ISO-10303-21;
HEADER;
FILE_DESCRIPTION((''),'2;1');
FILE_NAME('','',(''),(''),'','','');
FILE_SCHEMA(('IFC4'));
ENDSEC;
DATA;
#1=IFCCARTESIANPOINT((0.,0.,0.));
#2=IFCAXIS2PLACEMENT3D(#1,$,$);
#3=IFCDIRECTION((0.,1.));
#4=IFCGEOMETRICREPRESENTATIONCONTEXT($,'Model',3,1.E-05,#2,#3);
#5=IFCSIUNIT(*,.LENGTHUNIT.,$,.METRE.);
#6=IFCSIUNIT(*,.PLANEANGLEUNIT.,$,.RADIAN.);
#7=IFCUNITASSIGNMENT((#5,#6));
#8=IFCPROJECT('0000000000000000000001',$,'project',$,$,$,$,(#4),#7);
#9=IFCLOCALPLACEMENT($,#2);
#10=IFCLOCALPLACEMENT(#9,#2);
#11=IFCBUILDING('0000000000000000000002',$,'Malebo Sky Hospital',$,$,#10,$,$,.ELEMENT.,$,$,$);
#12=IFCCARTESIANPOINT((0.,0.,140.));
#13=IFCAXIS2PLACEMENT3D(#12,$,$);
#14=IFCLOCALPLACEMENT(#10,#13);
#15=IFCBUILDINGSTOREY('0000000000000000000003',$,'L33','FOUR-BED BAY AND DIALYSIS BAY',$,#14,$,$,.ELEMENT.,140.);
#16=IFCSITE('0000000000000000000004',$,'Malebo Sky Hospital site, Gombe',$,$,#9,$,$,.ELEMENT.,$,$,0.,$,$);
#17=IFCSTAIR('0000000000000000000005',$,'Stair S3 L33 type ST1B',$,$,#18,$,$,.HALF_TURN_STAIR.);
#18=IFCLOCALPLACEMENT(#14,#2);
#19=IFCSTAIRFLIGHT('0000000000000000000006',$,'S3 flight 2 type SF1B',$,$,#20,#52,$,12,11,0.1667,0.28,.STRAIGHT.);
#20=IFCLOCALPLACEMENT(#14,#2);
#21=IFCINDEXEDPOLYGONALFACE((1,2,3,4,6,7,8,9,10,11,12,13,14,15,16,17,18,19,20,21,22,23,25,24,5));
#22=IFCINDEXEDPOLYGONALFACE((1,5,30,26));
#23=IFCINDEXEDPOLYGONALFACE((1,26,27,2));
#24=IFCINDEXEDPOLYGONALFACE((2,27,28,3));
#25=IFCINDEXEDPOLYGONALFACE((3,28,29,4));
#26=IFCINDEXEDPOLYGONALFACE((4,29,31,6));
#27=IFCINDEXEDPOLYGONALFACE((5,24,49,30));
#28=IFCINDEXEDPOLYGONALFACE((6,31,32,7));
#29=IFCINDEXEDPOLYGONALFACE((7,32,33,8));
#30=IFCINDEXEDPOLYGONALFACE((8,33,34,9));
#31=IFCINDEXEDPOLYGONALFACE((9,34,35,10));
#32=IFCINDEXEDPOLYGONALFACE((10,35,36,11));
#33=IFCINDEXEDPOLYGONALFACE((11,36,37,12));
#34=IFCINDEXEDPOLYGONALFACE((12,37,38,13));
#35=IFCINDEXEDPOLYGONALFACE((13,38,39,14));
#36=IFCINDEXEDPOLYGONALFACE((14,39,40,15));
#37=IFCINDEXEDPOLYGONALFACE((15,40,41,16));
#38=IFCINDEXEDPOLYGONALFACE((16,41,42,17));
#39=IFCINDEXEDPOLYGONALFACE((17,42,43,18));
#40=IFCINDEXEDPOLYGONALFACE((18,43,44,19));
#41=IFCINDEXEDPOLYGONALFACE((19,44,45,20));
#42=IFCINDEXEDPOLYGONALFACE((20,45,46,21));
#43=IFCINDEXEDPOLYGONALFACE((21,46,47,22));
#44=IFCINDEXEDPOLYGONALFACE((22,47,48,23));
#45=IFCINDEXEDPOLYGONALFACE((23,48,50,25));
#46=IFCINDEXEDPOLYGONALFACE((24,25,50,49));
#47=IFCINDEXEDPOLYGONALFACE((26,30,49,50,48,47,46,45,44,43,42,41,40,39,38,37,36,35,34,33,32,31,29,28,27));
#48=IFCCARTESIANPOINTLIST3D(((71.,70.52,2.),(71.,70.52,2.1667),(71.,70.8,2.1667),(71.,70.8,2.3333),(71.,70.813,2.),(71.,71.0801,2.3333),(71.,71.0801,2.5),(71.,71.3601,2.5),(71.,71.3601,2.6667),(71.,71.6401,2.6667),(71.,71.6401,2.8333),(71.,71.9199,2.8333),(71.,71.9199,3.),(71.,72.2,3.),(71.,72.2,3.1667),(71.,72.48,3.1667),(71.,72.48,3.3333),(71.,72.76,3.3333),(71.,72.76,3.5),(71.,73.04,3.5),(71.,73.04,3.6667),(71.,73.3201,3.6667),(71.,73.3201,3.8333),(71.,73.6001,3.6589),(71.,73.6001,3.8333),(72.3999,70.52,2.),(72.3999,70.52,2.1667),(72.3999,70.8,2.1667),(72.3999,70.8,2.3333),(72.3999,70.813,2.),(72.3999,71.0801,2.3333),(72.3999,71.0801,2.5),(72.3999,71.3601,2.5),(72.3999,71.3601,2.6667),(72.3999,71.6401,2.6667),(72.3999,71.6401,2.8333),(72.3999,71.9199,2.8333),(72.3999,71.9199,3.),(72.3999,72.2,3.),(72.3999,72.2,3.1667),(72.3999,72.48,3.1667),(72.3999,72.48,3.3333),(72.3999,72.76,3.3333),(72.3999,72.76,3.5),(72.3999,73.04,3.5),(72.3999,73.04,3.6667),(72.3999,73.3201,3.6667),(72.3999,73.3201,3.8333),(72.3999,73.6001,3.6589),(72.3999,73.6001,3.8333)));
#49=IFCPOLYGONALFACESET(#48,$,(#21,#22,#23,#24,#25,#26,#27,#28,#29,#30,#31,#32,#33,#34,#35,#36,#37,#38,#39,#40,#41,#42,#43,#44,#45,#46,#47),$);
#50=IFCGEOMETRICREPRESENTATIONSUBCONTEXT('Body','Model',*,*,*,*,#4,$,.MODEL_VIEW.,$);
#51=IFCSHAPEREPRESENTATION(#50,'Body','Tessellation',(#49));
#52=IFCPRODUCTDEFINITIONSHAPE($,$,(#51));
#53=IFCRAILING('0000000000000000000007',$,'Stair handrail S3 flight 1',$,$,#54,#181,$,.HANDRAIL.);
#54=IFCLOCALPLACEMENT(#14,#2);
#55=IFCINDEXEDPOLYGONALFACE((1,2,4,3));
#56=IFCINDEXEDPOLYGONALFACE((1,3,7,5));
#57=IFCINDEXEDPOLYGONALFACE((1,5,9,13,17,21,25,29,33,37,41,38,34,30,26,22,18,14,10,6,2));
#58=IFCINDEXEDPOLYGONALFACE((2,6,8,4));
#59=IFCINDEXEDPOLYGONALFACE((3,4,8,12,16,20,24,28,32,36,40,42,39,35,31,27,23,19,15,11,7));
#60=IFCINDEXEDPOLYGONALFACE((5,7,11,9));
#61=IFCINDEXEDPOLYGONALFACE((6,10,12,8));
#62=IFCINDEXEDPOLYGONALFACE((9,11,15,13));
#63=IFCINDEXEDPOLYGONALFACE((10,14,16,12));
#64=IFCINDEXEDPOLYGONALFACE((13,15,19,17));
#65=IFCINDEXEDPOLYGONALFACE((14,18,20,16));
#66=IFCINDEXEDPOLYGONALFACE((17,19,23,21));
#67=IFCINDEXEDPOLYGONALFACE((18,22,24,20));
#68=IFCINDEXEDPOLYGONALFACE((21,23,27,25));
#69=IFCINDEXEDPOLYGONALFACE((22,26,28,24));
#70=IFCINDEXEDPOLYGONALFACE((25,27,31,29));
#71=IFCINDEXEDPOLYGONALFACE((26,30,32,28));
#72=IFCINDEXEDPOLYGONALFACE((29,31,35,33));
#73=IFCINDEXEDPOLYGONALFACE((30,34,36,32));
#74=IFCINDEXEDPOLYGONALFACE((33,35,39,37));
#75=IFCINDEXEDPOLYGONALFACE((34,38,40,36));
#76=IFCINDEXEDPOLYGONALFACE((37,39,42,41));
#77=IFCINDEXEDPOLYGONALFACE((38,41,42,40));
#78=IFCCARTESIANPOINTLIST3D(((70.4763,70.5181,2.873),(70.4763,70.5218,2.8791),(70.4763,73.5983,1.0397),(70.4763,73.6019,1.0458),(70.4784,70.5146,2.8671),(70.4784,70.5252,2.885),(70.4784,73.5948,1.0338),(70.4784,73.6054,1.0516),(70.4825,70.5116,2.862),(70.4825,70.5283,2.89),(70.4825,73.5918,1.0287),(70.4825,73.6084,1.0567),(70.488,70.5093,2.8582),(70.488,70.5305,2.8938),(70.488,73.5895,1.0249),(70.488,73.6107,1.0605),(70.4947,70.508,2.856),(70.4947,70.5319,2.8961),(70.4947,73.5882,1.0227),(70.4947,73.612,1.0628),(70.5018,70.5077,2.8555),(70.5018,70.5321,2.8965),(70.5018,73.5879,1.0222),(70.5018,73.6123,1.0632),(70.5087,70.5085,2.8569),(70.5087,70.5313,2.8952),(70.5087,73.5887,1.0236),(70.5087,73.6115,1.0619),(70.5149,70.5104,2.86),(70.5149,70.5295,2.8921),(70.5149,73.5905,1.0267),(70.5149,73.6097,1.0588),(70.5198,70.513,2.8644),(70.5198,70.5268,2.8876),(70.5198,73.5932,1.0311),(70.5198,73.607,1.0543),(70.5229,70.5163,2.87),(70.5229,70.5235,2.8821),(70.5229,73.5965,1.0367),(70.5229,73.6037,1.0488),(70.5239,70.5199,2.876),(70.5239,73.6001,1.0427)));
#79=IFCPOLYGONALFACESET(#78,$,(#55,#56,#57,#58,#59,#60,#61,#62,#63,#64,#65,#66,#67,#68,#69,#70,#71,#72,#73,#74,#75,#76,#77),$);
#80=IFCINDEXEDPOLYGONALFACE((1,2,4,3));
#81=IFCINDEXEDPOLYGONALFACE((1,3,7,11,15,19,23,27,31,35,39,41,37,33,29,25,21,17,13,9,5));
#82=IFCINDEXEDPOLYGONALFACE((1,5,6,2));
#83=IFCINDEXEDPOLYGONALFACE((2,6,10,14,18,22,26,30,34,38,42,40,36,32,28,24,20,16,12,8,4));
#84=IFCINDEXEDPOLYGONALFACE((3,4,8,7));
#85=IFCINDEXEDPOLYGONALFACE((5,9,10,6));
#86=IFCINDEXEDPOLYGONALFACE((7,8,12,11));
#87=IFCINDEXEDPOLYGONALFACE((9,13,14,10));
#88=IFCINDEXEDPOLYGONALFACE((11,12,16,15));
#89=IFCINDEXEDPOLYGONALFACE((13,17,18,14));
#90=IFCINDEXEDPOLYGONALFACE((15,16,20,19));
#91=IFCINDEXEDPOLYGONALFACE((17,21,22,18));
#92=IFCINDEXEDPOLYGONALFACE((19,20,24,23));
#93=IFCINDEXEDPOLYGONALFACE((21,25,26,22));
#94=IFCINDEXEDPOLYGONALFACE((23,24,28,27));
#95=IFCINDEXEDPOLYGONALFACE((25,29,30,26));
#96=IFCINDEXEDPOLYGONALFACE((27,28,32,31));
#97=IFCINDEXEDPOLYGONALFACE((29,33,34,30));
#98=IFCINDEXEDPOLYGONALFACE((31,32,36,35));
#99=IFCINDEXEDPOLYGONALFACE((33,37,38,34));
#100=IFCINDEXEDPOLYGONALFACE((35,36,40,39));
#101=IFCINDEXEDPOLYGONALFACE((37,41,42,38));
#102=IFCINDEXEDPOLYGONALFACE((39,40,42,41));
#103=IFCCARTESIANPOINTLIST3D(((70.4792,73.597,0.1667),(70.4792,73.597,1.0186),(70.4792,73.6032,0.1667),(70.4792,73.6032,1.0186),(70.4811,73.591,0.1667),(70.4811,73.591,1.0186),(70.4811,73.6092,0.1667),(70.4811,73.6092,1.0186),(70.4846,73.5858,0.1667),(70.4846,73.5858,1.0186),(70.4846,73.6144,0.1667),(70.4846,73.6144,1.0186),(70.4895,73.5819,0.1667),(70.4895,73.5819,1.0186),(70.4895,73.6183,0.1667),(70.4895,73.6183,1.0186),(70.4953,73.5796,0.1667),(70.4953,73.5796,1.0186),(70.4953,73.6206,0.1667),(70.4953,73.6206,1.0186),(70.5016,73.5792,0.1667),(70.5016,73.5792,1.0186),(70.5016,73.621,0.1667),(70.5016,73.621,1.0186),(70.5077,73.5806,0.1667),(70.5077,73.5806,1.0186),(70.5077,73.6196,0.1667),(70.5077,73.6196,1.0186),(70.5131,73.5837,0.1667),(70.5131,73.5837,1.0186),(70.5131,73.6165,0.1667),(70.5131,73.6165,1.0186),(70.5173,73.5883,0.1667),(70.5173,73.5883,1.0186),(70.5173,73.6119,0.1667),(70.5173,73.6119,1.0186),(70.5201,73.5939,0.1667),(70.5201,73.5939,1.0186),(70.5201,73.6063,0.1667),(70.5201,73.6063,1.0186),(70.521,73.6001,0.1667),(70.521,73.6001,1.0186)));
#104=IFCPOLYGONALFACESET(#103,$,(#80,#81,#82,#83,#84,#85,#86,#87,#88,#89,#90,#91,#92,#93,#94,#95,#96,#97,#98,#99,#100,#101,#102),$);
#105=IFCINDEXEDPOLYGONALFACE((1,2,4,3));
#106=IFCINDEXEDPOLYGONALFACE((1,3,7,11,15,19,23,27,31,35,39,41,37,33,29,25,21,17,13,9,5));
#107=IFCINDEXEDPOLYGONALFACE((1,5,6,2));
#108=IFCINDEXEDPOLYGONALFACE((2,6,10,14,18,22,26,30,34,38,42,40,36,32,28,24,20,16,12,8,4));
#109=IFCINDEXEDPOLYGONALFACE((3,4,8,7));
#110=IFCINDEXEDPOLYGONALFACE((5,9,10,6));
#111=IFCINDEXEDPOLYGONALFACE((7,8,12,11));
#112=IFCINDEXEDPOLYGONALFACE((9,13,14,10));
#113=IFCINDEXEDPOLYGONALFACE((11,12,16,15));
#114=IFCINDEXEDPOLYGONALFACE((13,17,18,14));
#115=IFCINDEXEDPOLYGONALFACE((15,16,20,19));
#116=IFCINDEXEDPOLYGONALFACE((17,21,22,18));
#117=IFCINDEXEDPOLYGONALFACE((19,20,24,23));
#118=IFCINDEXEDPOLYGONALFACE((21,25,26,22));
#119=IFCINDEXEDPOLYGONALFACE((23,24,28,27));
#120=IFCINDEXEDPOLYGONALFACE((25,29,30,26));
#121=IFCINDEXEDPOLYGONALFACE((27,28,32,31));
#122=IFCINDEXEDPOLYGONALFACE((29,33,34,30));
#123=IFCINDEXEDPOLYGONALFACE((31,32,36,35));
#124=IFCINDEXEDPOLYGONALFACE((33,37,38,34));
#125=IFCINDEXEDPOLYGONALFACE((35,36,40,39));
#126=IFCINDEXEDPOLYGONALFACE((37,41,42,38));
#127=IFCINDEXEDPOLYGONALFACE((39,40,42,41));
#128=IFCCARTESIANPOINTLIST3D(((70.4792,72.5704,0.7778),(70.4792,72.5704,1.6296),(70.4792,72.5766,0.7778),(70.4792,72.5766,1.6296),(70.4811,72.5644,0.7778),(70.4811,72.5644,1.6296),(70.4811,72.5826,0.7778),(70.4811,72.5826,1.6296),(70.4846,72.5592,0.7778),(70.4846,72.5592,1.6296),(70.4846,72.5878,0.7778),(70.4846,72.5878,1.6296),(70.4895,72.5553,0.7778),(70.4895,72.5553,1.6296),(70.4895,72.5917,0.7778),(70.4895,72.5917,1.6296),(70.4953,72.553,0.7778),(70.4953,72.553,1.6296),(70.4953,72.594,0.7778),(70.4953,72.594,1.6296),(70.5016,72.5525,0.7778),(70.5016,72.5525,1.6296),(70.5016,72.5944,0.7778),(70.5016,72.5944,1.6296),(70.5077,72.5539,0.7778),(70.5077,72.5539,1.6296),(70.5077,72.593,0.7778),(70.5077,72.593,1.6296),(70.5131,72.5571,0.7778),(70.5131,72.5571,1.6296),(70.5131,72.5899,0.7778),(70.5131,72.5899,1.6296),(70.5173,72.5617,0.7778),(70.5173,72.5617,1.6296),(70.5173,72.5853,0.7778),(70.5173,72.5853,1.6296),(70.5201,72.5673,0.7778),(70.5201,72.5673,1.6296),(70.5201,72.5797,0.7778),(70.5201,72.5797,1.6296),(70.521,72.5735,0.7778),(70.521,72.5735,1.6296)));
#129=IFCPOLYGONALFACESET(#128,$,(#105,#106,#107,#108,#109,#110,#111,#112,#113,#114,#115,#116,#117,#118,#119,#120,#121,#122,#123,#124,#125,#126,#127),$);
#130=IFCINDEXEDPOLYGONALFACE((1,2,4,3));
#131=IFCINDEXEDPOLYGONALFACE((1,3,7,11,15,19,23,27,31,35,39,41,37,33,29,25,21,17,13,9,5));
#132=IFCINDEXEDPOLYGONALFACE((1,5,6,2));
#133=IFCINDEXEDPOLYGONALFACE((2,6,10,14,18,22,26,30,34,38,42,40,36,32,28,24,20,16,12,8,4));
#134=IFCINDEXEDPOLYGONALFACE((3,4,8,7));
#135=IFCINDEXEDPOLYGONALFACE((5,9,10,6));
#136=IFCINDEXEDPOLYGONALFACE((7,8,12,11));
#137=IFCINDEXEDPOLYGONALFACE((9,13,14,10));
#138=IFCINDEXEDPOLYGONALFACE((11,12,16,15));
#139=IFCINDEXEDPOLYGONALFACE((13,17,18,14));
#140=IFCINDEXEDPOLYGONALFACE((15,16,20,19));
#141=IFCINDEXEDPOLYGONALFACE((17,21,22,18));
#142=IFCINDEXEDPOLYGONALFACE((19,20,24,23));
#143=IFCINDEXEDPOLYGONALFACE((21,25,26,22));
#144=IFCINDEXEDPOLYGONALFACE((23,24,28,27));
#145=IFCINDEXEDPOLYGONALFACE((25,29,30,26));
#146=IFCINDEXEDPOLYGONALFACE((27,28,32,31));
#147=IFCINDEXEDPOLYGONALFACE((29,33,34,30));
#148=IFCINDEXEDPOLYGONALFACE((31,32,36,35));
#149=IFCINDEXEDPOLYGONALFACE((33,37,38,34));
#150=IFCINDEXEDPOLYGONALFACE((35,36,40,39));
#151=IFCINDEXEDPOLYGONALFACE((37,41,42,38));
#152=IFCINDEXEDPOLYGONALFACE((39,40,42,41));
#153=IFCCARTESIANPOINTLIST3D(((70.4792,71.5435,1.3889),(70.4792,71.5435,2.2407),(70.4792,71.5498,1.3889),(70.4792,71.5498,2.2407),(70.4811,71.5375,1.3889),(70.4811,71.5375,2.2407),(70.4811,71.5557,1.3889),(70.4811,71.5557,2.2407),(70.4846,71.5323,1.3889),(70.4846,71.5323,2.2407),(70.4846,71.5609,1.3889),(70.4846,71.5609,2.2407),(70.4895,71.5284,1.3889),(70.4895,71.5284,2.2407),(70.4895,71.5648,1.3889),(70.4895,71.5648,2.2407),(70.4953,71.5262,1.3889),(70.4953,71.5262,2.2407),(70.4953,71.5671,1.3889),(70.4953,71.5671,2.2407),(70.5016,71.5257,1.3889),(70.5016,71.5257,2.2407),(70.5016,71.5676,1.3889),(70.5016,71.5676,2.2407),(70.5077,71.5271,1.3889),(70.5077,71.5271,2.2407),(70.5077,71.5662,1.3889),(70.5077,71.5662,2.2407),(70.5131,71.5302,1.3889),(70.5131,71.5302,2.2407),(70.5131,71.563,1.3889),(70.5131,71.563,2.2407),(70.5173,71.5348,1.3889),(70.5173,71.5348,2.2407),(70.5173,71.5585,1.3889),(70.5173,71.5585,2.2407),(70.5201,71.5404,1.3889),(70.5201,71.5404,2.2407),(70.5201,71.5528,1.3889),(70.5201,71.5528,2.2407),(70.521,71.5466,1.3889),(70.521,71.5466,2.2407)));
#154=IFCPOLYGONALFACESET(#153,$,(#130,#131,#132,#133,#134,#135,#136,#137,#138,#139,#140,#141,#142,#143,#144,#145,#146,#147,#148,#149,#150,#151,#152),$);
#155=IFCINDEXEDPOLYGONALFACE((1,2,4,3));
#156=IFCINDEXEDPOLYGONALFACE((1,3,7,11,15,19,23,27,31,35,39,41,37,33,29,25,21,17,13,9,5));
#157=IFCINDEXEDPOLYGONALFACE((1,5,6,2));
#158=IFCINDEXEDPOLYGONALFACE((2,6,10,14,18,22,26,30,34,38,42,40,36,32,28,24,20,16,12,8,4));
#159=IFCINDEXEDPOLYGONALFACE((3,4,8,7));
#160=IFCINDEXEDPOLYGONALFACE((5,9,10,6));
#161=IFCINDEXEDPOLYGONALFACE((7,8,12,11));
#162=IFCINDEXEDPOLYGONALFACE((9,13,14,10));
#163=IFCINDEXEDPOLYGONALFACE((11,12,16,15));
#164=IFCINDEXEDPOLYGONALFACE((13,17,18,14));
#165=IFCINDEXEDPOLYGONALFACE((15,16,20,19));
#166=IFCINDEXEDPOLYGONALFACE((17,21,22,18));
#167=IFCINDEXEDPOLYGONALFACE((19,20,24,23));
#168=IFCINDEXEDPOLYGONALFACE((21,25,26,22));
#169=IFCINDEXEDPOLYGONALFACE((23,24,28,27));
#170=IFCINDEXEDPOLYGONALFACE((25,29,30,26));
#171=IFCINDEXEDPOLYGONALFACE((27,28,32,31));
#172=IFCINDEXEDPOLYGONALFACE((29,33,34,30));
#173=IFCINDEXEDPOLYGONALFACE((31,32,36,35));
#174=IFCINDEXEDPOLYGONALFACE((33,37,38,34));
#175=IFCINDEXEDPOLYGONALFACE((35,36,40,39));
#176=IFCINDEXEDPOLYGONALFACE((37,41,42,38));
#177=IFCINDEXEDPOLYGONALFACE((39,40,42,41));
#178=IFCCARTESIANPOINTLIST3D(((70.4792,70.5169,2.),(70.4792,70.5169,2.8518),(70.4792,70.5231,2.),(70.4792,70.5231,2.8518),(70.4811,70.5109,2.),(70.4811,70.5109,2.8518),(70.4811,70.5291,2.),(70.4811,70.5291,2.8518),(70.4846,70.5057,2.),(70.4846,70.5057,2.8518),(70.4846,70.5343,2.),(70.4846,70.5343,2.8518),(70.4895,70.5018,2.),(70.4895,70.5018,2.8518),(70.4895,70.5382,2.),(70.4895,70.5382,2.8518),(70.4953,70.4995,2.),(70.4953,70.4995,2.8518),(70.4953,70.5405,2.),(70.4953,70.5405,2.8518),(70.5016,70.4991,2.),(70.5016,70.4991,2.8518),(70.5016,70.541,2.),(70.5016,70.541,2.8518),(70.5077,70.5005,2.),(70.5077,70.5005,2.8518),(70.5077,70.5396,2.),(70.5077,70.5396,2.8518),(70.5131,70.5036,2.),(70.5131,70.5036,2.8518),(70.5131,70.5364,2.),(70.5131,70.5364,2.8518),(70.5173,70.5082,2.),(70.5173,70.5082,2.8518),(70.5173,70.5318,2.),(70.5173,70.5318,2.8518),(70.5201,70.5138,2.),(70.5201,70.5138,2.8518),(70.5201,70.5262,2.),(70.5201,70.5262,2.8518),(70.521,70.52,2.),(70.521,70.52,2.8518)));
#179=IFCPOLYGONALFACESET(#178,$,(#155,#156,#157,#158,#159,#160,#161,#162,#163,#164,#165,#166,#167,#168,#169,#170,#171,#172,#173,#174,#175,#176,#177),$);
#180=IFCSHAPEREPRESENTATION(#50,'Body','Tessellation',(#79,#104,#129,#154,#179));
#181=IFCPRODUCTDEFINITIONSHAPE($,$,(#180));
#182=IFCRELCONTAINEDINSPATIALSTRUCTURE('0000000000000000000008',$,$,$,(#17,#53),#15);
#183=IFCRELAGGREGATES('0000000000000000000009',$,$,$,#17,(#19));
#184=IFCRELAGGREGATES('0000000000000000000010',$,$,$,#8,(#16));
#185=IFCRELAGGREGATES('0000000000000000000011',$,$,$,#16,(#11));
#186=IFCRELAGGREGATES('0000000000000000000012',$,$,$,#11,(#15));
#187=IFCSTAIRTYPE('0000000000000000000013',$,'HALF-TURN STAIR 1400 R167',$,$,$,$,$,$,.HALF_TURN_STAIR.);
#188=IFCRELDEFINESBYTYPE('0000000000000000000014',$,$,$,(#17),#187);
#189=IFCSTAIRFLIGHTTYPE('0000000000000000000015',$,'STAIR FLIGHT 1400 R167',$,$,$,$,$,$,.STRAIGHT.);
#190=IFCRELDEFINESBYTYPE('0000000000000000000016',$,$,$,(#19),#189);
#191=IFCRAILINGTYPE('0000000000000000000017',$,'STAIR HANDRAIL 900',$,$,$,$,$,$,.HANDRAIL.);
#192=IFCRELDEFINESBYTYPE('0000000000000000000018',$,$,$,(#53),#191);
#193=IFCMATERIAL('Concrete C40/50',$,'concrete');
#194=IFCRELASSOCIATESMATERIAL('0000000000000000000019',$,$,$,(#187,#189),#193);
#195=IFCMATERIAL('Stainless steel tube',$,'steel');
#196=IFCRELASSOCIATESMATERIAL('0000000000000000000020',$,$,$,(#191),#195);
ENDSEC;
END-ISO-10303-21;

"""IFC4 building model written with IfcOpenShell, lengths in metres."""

from ifc_helpers import new_model, si_unit, direction, frame, origin, origin_2d, place, context, subcontext, project, spatial, polyline, circle, outline, extrude, material, type_object, element, aggregate, save


model = new_model("IFC4")

# Units and contexts
model_context = context("Model", 3, precision=1e-05, world=origin(), true_north=direction((0.0, 1.0)))
body_context = subcontext(model_context, "Body", "Model", "MODEL_VIEW")
ifc_project = project(units=[si_unit("LENGTHUNIT", "METRE"), si_unit("PLANEANGLEUNIT", "RADIAN")], contexts=[model_context])

# Site, building, storey
site_placement = place(None, origin())
site = spatial("IfcSite", under=ifc_project, at=site_placement, Name="Malebo Sky Hospital site, Gombe", CompositionType="ELEMENT", RefElevation=0.0)
building_placement = place(site_placement, origin())
building = spatial("IfcBuilding", under=site, at=building_placement, Name="Malebo Sky Hospital", CompositionType="ELEMENT")
storey_placement = place(building_placement, frame((0.0, 0.0, 140.0)))
storey = spatial("IfcBuildingStorey", under=building, at=storey_placement, Name="L33", Description="FOUR-BED BAY AND DIALYSIS BAY", CompositionType="ELEMENT", Elevation=140.0)

# Shared definitions
ifc_material_1 = material(Name="Concrete C40/50", Category="concrete")

# Stair, stair flight
stair_type = type_object("IfcStairType", Name="HALF-TURN STAIR 1400 R167", PredefinedType="HALF_TURN_STAIR", material=ifc_material_1)
stair_placement = place(storey_placement, origin())
stair = element("IfcStair", 1, at=stair_placement, inside=storey, type_object=stair_type, Name="Stair S3 L33 type ST1B", PredefinedType="HALF_TURN_STAIR")
stair_flight_type = type_object("IfcStairFlightType", Name="STAIR FLIGHT 1400 R167", PredefinedType="STRAIGHT", material=ifc_material_1)
stair_flight_1_placement = place(storey_placement, frame((71.7, 70.52, 2.0), z_axis=(0.0, 0.0, 1.0), x_axis=(0.0, 1.0, 0.0)))
stair_flight_1 = element("IfcStairFlight", 2, at=stair_flight_1_placement, type_object=stair_flight_type, Name="S3 flight 2 type SF1B", NumberOfRisers=12, NumberOfTreads=11, PredefinedType="STRAIGHT", RiserHeight=0.1667, TreadLength=0.28, context=body_context, shape_type="SweptSolid", body=[
    extrude(outline(polyline([(0.0, 0.0), (0.0, 0.1667), (0.28, 0.1667), (0.28, 0.3333), (0.5601, 0.3333), (0.5601, 0.5), (0.8401, 0.5), (0.8401, 0.6667), (1.1201, 0.6667), (1.1201, 0.8333), (1.3999, 0.8333), (1.3999, 1.0), (1.6799, 1.0), (1.6799, 1.1667), (1.96, 1.1667), (1.96, 1.3333), (2.24, 1.3333), (2.24, 1.5), (2.52, 1.5), (2.52, 1.6667), (2.8, 1.6667), (2.8, 1.8333), (3.0801, 1.8333), (3.0801, 2.0), (3.0801, 1.6589), (0.293, 0.0), (0.0, 0.0)])), frame((0.0, 0.7, 0.0), z_axis=(0.0, -1.0, 0.0), x_axis=(1.0, 0.0, 0.0)), (0.0, 0.0, 1.0), 1.3999),
])
aggregate(stair, [stair_flight_1])

# Railing
ifc_material_2 = material(Name="Stainless steel tube", Category="steel")
railing_type = type_object("IfcRailingType", Name="STAIR HANDRAIL 900", PredefinedType="HANDRAIL", material=ifc_material_2)
railing_1_placement = place(storey_placement, frame((70.5, 73.6001, 0.1667)))
element("IfcRailing", 3, at=railing_1_placement, inside=storey, type_object=railing_type, Name="Stair handrail S3 flight 1", PredefinedType="HANDRAIL", context=body_context, shape_type="SweptSolid", body=[
    extrude(circle(Radius=0.0239, at=origin_2d()), frame((0.0, 0.0, 0.876), z_axis=(0.0, -0.859309, 0.511458), x_axis=(1.0, 0.0, 0.0)), (0.0, 0.0, 1.0), 3.5845),
    extrude(circle(Radius=0.021, at=origin_2d()), origin(), (0.0, 0.0, 1.0), 0.8518),
    extrude(circle(Radius=0.021, at=origin_2d()), frame((0.0, -1.0266, 0.6111)), (0.0, 0.0, 1.0), 0.8518),
    extrude(circle(Radius=0.021, at=origin_2d()), frame((0.0, -2.0535, 1.2222)), (0.0, 0.0, 1.0), 0.8518),
    extrude(circle(Radius=0.021, at=origin_2d()), frame((0.0, -3.0801, 1.8333)), (0.0, 0.0, 1.0), 0.8518),
])

save(model, "model.ifc")
